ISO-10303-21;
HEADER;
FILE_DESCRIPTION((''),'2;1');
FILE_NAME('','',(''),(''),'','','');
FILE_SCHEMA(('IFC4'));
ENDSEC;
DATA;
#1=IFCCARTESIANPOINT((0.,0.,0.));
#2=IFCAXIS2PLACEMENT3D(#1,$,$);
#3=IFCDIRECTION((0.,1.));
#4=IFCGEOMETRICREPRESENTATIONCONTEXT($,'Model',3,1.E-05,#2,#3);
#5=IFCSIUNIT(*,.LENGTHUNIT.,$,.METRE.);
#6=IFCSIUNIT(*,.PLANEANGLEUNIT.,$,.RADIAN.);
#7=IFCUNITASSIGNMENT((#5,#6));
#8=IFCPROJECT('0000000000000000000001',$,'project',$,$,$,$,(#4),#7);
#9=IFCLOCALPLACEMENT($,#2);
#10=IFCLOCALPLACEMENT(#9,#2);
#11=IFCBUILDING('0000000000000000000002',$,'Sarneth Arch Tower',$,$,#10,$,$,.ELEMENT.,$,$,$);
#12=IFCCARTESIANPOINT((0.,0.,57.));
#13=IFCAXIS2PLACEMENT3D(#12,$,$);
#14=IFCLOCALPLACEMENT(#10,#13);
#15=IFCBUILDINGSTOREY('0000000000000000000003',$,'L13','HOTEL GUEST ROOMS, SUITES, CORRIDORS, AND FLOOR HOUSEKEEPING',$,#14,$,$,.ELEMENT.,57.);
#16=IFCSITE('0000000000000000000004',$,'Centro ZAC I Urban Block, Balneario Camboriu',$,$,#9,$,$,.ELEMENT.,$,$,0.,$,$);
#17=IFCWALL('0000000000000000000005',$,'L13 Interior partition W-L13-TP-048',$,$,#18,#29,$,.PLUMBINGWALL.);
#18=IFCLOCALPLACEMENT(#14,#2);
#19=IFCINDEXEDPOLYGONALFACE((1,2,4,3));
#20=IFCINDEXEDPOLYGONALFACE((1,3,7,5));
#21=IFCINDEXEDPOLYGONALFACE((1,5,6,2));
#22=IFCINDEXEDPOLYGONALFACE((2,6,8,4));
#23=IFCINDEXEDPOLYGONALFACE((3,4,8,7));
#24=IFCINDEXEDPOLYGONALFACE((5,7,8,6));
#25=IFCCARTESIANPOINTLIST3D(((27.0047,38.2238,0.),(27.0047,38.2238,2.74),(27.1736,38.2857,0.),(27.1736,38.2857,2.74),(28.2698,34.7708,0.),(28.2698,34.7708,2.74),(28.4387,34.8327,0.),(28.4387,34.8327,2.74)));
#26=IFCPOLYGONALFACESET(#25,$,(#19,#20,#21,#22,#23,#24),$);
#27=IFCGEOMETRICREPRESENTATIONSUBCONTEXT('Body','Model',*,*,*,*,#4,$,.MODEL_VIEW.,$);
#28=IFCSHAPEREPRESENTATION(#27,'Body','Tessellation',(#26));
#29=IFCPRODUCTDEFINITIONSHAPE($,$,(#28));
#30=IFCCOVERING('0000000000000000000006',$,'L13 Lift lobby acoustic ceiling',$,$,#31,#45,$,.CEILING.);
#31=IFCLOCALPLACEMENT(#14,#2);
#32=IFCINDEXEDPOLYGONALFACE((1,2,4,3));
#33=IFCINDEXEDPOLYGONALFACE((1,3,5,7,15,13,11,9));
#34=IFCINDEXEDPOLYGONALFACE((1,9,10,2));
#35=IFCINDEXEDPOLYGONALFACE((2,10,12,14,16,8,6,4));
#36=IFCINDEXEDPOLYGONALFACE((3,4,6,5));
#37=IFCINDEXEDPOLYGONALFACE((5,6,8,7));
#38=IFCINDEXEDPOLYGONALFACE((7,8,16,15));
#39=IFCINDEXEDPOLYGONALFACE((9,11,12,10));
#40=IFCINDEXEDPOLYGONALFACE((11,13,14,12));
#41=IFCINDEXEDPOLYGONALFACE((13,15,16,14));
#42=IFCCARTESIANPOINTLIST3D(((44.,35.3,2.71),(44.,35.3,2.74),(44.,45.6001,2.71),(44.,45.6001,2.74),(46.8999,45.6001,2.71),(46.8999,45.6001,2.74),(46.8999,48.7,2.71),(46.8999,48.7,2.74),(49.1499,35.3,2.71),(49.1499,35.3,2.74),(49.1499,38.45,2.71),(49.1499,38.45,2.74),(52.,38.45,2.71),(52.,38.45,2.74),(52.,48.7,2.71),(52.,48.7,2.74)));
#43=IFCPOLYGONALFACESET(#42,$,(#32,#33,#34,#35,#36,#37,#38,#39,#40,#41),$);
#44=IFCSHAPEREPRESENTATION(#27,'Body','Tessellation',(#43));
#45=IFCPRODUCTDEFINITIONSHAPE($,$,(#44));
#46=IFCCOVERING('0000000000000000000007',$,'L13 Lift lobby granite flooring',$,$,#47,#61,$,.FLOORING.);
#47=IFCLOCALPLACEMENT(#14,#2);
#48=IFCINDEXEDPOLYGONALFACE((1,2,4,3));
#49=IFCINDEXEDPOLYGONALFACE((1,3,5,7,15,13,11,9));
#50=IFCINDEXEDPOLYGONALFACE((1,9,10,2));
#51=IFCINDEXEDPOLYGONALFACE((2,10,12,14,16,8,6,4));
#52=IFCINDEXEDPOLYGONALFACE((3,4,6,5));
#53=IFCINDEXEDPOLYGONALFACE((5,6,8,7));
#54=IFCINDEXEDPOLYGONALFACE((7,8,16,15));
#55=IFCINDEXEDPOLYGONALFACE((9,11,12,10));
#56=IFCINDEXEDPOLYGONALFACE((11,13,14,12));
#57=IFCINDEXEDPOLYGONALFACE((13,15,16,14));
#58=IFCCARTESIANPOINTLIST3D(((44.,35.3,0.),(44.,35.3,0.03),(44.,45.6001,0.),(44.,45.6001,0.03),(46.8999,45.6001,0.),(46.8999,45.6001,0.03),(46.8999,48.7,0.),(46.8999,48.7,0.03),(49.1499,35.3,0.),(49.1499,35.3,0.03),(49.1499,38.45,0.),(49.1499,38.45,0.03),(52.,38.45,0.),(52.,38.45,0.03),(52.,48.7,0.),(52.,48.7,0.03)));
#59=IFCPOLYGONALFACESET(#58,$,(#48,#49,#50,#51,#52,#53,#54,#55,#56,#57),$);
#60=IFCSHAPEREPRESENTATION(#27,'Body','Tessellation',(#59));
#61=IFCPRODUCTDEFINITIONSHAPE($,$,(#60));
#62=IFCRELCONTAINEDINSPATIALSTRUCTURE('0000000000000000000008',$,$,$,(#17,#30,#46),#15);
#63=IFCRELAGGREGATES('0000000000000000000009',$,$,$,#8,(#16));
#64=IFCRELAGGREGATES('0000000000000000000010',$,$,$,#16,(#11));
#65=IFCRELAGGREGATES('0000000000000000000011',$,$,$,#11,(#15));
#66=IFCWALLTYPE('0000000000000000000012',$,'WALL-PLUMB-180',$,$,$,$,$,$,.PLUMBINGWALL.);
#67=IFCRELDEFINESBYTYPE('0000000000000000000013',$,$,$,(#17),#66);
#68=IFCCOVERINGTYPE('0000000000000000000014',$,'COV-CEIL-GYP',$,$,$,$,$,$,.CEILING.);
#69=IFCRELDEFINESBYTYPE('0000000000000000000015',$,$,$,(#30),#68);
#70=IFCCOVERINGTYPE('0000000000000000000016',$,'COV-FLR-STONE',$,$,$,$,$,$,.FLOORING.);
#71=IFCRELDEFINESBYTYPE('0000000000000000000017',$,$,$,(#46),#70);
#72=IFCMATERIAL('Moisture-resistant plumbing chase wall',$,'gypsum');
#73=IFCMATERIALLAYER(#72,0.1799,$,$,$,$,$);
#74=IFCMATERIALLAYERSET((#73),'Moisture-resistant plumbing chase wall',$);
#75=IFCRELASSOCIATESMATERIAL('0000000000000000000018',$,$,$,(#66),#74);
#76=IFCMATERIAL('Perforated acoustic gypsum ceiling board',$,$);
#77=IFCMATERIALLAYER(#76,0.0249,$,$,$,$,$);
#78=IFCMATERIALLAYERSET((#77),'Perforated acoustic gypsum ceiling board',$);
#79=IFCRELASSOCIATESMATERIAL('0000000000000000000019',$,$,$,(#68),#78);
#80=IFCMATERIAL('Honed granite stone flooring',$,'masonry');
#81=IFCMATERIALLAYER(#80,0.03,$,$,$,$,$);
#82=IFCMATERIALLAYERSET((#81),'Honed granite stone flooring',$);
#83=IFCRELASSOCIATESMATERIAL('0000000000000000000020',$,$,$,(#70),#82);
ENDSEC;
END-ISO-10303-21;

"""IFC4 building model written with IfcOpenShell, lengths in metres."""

from ifc_helpers import new_model, si_unit, direction, frame, frame_2d, origin, place, context, subcontext, project, spatial, polyline, rectangle, outline, extrude, material, layer, layer_set, type_object, element, save


model = new_model("IFC4")

# Units and contexts
model_context = context("Model", 3, precision=1e-05, world=origin(), true_north=direction((0.0, 1.0)))
body_context = subcontext(model_context, "Body", "Model", "MODEL_VIEW")
ifc_project = project(units=[si_unit("LENGTHUNIT", "METRE"), si_unit("PLANEANGLEUNIT", "RADIAN")], contexts=[model_context])

# Site, building, storey
site_placement = place(None, origin())
site = spatial("IfcSite", under=ifc_project, at=site_placement, Name="Centro ZAC I Urban Block, Balneario Camboriu", CompositionType="ELEMENT", RefElevation=0.0)
building_placement = place(site_placement, origin())
building = spatial("IfcBuilding", under=site, at=building_placement, Name="Sarneth Arch Tower", CompositionType="ELEMENT")
storey_placement = place(building_placement, frame((0.0, 0.0, 57.0)))
storey = spatial("IfcBuildingStorey", under=building, at=storey_placement, Name="L13", Description="HOTEL GUEST ROOMS, SUITES, CORRIDORS, AND FLOOR HOUSEKEEPING", CompositionType="ELEMENT", Elevation=57.0)

# Wall
ifc_material_1 = material(Name="Moisture-resistant plumbing chase wall", Category="gypsum")
ifc_layer_1 = layer(ifc_material_1, 0.1799)
ifc_layer_set_1 = layer_set([ifc_layer_1], Name="Moisture-resistant plumbing chase wall")
wall_type_1 = type_object("IfcWallType", Name="WALL-PLUMB-180", PredefinedType="PLUMBINGWALL", material=ifc_layer_set_1)
wall_1_placement = place(storey_placement, frame((27.0891, 38.2549, 0.0), z_axis=(0.0, 0.0, 1.0), x_axis=(0.344013, -0.938965, 0.0)))
element("IfcWall", 1, at=wall_1_placement, inside=storey, type_object=wall_type_1, Name="L13 Interior partition W-L13-TP-048", PredefinedType="PLUMBINGWALL", context=body_context, shape_type="SweptSolid", body=[
    extrude(rectangle(XDim=3.6775, YDim=0.1799, at=frame_2d((1.8389, 0.0))), origin(), (0.0, 0.0, 1.0), 2.74),
])

# Coverings
ifc_material_2 = material(Name="Perforated acoustic gypsum ceiling board")
ifc_layer_2 = layer(ifc_material_2, 0.0249)
ifc_layer_set_2 = layer_set([ifc_layer_2], Name="Perforated acoustic gypsum ceiling board")
covering_type_1 = type_object("IfcCoveringType", Name="COV-CEIL-GYP", PredefinedType="CEILING", material=ifc_layer_set_2)
covering_1_placement = place(storey_placement, frame((0.0, 0.0, 2.71)))
element("IfcCovering", 2, at=covering_1_placement, inside=storey, type_object=covering_type_1, Name="L13 Lift lobby acoustic ceiling", PredefinedType="CEILING", context=body_context, shape_type="SweptSolid", body=[
    extrude(outline(polyline([(49.1499, 38.45), (49.1499, 35.3), (44.0, 35.3), (44.0, 45.6001), (46.8999, 45.6001), (46.8999, 48.7), (52.0, 48.7), (52.0, 38.45), (49.1499, 38.45)])), origin(), (0.0, 0.0, 1.0), 0.03),
])
ifc_material_3 = material(Name="Honed granite stone flooring", Category="masonry")
ifc_layer_3 = layer(ifc_material_3, 0.03)
ifc_layer_set_3 = layer_set([ifc_layer_3], Name="Honed granite stone flooring")
covering_type_2 = type_object("IfcCoveringType", Name="COV-FLR-STONE", PredefinedType="FLOORING", material=ifc_layer_set_3)
covering_2_placement = place(storey_placement, origin())
element("IfcCovering", 3, at=covering_2_placement, inside=storey, type_object=covering_type_2, Name="L13 Lift lobby granite flooring", PredefinedType="FLOORING", context=body_context, shape_type="SweptSolid", body=[
    extrude(outline(polyline([(49.1499, 38.45), (49.1499, 35.3), (44.0, 35.3), (44.0, 45.6001), (46.8999, 45.6001), (46.8999, 48.7), (52.0, 48.7), (52.0, 38.45), (49.1499, 38.45)])), origin(), (0.0, 0.0, 1.0), 0.03),
])

save(model, "model.ifc")
